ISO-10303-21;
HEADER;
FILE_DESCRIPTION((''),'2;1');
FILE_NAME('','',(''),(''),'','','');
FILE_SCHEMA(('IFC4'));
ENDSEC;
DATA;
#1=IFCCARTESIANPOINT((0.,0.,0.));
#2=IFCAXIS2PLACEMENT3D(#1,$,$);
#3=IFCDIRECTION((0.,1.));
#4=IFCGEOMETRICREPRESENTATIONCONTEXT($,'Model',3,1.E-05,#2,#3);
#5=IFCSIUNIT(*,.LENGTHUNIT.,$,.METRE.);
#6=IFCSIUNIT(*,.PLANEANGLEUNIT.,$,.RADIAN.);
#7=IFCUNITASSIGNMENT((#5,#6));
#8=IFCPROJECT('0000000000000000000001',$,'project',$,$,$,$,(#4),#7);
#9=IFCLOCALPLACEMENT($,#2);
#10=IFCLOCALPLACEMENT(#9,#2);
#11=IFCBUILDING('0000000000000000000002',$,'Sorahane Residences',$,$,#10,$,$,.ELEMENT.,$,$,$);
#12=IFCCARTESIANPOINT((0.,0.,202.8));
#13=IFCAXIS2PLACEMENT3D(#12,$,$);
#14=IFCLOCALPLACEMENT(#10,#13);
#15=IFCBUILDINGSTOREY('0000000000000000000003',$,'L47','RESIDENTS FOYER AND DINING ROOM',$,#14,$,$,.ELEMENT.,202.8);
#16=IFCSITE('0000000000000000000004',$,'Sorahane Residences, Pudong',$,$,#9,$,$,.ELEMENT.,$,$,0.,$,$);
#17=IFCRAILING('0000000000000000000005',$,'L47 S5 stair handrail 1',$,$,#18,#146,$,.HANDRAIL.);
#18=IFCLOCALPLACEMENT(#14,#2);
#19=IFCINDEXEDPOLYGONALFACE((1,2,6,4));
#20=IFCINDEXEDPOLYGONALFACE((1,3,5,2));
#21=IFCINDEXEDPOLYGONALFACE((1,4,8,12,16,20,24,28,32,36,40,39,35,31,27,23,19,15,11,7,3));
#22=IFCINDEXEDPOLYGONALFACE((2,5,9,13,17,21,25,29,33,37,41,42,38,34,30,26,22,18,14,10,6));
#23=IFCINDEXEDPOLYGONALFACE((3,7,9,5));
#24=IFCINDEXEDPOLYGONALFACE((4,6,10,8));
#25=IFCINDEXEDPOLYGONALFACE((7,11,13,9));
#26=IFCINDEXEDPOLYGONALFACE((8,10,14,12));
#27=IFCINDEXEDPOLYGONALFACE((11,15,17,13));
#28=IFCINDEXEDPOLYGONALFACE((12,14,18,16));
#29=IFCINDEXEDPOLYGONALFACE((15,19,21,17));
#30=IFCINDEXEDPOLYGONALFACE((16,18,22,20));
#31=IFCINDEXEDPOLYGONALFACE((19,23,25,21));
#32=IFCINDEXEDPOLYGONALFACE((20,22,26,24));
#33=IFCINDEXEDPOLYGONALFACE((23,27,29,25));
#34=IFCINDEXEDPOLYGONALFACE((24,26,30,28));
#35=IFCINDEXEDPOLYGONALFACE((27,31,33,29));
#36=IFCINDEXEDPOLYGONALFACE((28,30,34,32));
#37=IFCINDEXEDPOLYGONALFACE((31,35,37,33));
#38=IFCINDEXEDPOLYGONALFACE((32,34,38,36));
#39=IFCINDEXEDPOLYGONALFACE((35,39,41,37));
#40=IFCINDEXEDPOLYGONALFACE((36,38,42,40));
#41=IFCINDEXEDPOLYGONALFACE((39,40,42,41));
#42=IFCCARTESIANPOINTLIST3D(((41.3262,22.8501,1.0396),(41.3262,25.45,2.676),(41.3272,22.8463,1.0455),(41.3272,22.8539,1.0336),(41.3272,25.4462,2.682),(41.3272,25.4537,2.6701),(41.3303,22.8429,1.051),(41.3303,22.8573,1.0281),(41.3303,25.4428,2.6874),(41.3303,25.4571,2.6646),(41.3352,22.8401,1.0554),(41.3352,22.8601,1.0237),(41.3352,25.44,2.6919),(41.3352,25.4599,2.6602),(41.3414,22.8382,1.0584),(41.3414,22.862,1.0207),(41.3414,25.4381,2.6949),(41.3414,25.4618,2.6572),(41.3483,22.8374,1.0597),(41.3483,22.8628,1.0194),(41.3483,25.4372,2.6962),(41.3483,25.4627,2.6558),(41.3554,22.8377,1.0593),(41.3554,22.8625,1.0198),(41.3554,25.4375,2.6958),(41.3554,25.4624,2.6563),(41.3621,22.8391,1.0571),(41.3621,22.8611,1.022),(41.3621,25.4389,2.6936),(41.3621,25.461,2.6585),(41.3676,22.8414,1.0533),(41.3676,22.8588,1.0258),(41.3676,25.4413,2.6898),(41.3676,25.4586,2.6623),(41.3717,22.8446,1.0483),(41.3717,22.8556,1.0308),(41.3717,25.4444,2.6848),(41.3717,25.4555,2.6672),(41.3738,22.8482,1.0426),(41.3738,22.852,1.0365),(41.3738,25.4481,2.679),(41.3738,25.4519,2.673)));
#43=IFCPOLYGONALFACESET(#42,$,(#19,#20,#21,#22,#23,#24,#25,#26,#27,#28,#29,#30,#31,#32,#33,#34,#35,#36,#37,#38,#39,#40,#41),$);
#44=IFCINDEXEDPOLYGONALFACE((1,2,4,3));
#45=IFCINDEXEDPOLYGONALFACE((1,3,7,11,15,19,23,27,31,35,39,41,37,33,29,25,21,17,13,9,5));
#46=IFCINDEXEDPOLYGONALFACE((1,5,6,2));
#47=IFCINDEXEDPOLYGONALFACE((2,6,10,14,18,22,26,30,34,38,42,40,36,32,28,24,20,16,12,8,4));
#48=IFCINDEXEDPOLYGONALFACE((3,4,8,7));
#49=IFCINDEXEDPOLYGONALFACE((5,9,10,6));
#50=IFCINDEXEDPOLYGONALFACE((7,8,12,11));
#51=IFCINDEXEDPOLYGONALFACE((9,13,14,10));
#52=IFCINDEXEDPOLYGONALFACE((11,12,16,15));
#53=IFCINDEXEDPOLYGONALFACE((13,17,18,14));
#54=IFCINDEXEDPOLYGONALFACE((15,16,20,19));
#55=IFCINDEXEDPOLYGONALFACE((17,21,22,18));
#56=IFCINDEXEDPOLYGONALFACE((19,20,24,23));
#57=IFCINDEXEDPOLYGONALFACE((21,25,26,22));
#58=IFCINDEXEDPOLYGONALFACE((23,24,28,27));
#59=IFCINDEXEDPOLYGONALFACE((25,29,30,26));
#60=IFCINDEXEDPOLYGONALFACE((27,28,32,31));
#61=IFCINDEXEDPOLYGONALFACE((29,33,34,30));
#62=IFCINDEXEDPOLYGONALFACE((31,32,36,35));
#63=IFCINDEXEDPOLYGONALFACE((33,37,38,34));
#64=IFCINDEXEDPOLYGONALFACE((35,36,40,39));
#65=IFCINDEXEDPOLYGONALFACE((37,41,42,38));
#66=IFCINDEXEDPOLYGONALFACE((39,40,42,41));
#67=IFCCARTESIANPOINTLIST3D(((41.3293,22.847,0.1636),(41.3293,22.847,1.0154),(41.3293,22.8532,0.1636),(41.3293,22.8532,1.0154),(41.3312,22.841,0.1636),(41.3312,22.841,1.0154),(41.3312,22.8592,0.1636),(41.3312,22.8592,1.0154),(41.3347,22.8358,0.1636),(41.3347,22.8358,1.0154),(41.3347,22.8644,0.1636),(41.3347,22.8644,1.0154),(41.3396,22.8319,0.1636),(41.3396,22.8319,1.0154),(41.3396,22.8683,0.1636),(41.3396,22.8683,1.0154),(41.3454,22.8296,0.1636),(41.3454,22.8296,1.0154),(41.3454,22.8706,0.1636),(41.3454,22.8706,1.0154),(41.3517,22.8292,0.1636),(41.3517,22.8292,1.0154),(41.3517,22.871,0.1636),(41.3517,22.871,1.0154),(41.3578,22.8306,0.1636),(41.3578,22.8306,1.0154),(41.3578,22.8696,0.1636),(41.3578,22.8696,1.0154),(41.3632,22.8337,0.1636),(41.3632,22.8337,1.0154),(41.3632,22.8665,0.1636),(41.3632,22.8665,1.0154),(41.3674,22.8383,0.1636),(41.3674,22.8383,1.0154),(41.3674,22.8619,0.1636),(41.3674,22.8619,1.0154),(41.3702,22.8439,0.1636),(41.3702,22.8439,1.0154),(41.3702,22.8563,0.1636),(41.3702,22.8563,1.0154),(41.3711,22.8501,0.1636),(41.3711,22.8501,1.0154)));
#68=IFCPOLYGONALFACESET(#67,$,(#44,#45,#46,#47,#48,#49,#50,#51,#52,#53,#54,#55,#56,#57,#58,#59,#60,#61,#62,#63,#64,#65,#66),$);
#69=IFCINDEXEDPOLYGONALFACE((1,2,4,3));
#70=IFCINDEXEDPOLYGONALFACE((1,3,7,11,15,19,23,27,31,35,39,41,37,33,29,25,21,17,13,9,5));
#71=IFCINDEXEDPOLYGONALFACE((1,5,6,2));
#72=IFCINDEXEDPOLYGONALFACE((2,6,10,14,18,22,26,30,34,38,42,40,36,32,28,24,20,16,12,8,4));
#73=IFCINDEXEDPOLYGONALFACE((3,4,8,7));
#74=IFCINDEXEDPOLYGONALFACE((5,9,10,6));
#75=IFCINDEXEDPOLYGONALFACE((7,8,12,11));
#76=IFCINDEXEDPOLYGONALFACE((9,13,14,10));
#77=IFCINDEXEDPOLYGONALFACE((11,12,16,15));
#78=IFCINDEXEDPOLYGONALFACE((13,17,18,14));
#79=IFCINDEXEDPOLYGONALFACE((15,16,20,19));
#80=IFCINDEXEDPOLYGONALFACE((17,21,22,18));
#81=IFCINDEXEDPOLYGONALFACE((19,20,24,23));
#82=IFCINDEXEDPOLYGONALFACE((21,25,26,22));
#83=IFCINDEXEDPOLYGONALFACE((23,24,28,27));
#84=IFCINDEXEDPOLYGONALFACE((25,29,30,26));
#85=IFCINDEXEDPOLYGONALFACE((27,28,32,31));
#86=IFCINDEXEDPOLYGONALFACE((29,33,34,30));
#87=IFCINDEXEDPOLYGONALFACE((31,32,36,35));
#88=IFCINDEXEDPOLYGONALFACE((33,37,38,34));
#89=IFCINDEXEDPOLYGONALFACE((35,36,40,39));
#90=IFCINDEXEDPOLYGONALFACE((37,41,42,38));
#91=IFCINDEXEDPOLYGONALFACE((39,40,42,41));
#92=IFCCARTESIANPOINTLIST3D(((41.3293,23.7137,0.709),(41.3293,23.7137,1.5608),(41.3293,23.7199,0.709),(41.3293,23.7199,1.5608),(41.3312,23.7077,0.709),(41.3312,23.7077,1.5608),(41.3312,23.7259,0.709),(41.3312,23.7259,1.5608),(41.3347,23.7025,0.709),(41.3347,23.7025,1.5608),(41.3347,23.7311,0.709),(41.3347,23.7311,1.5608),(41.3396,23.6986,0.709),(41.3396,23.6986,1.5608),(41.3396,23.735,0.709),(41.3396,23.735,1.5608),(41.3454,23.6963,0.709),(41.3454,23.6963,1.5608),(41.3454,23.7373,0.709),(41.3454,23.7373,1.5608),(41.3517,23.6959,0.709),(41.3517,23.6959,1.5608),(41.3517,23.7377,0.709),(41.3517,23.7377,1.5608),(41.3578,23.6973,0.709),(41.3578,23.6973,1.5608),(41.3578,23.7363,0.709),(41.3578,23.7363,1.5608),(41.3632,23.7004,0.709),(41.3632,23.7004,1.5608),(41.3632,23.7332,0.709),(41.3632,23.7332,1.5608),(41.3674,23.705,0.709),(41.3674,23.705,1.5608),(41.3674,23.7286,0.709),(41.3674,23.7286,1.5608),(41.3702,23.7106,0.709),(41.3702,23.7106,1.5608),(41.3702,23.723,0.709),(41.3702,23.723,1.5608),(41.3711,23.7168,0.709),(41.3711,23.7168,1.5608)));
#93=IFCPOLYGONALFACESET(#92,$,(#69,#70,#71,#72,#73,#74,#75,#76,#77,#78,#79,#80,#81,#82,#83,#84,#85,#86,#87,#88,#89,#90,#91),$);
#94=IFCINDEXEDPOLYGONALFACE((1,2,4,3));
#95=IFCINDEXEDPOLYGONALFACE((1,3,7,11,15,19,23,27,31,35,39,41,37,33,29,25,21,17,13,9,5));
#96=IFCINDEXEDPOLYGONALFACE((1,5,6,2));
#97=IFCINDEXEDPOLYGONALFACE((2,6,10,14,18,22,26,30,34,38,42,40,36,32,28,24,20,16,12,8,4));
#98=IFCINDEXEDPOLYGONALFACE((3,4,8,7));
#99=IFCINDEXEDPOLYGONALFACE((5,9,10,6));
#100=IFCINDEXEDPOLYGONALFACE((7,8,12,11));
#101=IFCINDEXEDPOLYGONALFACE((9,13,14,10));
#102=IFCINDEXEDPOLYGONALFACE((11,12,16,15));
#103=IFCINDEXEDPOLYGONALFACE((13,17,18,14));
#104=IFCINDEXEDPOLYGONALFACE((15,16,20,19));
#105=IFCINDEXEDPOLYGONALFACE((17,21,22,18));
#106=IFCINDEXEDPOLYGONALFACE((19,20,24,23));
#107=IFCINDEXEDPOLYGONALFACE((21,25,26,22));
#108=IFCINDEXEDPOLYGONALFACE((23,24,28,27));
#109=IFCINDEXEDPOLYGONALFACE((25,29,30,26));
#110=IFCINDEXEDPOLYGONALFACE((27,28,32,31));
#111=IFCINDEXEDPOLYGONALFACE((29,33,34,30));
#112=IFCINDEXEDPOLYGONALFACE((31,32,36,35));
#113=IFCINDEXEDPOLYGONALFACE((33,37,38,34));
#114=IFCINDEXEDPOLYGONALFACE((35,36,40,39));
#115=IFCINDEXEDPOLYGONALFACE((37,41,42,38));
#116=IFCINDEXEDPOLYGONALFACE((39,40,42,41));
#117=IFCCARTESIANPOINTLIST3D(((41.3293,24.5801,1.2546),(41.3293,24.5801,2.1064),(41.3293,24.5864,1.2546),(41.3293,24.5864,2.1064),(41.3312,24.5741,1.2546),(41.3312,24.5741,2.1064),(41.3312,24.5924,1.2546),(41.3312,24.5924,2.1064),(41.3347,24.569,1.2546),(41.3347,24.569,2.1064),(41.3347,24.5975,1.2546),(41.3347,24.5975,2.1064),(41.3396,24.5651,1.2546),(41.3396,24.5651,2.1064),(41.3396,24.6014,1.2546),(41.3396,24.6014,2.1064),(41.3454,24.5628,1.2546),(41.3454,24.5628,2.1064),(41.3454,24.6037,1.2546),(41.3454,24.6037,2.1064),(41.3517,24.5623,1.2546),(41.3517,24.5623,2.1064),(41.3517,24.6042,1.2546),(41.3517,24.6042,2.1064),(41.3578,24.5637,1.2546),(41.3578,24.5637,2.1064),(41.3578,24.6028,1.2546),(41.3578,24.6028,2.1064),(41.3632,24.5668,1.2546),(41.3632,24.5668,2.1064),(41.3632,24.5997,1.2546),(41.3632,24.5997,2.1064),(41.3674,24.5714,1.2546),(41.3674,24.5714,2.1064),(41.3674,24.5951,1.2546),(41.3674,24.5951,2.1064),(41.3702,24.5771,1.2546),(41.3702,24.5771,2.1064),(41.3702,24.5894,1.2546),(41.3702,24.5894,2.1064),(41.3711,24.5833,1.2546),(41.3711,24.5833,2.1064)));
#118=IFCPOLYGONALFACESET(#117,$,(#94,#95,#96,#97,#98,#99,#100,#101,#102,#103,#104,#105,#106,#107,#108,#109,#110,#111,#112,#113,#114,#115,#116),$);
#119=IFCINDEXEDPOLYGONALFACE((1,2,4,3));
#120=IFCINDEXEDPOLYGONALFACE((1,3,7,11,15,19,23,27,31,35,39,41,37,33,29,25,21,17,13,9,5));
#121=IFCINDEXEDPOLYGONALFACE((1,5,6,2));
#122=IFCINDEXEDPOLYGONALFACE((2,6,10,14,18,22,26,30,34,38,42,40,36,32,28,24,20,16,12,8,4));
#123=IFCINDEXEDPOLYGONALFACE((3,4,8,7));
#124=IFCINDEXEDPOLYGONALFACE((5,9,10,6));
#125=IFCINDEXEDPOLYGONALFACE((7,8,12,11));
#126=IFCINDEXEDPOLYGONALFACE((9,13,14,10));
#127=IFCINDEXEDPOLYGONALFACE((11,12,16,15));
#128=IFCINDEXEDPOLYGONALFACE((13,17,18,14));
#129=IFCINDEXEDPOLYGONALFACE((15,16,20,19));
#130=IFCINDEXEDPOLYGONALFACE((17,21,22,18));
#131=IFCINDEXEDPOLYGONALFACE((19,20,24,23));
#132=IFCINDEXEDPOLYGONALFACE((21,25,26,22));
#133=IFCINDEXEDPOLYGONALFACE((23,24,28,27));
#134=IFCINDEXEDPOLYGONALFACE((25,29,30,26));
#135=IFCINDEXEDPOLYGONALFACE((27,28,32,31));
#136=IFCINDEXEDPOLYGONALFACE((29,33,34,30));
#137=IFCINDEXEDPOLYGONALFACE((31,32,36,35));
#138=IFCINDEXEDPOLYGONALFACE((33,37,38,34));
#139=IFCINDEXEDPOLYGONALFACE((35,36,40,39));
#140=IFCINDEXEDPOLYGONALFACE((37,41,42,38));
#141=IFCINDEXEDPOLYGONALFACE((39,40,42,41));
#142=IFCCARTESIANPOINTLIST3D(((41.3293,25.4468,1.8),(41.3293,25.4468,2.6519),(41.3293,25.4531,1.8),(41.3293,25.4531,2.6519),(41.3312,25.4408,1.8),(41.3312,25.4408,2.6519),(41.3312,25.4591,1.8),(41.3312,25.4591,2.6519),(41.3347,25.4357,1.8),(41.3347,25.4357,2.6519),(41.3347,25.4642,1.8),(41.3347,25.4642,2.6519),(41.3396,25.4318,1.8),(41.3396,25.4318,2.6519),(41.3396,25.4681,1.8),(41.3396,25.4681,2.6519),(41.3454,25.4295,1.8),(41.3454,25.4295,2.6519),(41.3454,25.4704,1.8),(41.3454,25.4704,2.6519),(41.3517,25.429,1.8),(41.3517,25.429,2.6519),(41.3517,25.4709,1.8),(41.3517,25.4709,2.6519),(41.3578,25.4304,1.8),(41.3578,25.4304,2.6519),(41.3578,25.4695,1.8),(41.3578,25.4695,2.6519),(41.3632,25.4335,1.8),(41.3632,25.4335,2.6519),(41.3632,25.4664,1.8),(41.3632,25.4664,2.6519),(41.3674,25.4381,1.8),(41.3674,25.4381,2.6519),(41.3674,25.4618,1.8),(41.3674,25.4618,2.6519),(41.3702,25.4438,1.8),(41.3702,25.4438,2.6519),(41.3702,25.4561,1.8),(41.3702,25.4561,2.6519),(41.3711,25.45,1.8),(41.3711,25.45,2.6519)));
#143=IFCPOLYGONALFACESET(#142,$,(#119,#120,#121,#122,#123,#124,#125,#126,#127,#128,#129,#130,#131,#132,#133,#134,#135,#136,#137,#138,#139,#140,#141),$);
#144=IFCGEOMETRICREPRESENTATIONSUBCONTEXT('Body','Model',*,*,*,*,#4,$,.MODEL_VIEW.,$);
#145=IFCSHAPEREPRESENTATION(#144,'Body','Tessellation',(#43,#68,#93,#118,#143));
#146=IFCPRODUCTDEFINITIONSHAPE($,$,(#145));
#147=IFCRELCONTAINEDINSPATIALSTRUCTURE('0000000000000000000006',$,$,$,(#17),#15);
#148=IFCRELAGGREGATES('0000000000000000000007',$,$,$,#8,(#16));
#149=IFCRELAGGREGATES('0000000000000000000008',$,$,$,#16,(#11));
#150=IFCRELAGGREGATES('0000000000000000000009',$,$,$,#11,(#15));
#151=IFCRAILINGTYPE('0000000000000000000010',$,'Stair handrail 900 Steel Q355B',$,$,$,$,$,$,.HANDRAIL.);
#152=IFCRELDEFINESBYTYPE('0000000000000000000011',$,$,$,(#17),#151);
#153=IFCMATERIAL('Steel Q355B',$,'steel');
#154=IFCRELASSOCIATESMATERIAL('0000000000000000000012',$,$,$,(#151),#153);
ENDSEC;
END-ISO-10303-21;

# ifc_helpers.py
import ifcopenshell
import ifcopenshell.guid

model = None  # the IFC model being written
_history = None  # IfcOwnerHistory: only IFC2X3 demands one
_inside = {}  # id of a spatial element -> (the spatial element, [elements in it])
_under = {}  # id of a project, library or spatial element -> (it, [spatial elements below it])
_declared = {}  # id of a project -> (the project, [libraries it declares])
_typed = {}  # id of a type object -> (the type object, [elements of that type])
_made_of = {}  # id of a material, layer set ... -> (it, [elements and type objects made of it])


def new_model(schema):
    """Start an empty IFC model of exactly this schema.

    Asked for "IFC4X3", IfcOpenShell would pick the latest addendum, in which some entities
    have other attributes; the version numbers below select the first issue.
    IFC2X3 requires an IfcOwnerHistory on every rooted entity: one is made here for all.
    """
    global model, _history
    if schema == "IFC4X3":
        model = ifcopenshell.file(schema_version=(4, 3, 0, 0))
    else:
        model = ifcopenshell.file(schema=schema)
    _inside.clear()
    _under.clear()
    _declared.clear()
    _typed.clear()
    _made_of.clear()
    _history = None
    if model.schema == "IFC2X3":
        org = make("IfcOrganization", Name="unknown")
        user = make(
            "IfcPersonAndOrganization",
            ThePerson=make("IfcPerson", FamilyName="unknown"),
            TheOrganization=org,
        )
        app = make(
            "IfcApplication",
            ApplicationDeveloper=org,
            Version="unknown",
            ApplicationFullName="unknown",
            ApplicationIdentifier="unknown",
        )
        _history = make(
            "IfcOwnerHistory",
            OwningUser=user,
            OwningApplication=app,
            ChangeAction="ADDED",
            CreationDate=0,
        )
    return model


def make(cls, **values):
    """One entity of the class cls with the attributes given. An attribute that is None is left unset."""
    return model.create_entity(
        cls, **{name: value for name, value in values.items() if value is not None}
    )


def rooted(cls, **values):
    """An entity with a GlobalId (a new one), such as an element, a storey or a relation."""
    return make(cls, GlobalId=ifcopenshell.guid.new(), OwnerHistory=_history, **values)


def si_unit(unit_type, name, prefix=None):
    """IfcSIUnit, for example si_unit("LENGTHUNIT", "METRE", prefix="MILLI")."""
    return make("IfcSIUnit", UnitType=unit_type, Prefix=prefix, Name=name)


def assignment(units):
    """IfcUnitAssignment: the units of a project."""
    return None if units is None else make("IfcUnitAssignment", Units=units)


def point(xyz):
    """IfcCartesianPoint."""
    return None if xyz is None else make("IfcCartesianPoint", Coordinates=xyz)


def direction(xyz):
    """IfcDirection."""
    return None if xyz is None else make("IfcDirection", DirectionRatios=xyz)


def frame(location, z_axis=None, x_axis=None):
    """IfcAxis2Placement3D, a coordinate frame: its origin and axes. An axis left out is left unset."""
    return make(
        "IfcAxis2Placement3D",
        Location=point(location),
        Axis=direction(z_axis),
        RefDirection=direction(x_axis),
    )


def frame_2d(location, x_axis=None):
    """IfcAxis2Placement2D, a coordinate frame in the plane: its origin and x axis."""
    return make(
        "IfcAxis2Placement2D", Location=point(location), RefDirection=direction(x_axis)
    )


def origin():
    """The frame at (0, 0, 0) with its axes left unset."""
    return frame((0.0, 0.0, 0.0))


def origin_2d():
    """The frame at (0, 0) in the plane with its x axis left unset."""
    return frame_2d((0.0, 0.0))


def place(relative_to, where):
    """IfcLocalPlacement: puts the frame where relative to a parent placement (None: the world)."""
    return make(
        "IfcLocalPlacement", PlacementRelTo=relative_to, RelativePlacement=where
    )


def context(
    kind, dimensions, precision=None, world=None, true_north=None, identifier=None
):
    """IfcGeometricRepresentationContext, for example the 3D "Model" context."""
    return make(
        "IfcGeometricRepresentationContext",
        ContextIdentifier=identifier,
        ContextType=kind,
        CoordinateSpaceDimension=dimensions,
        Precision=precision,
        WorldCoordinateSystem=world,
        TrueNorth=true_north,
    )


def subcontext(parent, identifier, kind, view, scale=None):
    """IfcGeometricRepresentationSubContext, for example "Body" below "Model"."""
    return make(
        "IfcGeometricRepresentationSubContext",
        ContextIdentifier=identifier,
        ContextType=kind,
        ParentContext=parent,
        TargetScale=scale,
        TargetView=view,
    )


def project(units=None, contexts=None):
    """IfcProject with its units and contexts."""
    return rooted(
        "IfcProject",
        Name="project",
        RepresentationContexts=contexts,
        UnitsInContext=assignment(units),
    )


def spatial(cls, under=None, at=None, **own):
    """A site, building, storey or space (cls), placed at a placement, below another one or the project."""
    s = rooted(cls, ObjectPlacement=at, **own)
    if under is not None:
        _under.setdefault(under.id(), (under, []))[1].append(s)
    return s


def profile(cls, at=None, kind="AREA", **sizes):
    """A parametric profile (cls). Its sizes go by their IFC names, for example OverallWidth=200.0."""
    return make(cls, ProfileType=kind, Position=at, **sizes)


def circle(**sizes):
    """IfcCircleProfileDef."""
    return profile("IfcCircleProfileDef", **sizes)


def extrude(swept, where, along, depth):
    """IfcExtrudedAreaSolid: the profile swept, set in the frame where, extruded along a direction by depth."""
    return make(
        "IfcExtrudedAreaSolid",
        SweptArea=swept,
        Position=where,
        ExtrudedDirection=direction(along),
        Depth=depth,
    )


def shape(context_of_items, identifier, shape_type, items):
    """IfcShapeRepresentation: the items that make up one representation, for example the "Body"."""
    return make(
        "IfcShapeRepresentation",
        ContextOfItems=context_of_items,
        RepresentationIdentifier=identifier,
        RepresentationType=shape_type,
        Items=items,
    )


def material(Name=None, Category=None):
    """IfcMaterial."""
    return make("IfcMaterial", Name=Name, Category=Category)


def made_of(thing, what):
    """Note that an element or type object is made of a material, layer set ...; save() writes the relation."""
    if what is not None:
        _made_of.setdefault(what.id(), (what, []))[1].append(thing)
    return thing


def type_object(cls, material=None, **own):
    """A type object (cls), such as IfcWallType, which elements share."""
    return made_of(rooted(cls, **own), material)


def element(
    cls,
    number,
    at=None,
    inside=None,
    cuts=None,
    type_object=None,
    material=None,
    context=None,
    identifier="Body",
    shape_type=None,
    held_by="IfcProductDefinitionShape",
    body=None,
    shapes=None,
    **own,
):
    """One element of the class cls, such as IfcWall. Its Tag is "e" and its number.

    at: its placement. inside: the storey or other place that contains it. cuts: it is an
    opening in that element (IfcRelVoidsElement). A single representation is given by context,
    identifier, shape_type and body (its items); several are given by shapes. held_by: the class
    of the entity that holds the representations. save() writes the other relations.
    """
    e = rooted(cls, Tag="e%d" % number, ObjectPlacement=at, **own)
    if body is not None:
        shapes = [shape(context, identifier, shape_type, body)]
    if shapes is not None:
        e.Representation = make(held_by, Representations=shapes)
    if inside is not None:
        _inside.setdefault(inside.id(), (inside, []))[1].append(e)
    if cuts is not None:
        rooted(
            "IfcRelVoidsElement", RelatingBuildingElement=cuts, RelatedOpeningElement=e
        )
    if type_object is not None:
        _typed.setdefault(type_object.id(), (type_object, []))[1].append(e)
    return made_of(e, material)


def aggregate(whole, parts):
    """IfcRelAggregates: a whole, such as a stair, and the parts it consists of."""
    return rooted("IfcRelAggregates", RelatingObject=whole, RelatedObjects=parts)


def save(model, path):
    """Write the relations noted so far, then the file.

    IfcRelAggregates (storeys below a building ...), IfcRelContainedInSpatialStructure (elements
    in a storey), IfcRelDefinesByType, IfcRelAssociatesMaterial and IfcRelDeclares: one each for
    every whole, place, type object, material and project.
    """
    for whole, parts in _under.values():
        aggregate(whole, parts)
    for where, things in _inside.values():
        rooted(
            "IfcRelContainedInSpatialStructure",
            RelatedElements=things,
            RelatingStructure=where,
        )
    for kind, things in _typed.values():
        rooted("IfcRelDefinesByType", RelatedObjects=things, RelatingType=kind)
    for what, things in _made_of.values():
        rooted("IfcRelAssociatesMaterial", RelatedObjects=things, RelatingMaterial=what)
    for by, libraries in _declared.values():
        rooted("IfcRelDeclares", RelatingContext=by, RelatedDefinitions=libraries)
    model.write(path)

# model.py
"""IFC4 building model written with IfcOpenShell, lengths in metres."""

from ifc_helpers import new_model, si_unit, direction, frame, origin, origin_2d, place, context, subcontext, project, spatial, circle, extrude, material, type_object, element, save


model = new_model("IFC4")

# Units and contexts
model_context = context("Model", 3, precision=1e-05, world=origin(), true_north=direction((0.0, 1.0)))
body_context = subcontext(model_context, "Body", "Model", "MODEL_VIEW")
ifc_project = project(units=[si_unit("LENGTHUNIT", "METRE"), si_unit("PLANEANGLEUNIT", "RADIAN")], contexts=[model_context])

# Site, building, storey
site_placement = place(None, origin())
site = spatial("IfcSite", under=ifc_project, at=site_placement, Name="Sorahane Residences, Pudong", CompositionType="ELEMENT", RefElevation=0.0)
building_placement = place(site_placement, origin())
building = spatial("IfcBuilding", under=site, at=building_placement, Name="Sorahane Residences", CompositionType="ELEMENT")
storey_placement = place(building_placement, frame((0.0, 0.0, 202.8)))
storey = spatial("IfcBuildingStorey", under=building, at=storey_placement, Name="L47", Description="RESIDENTS FOYER AND DINING ROOM", CompositionType="ELEMENT", Elevation=202.8)

# Railing
ifc_material_1 = material(Name="Steel Q355B", Category="steel")
railing_type_1 = type_object("IfcRailingType", Name="Stair handrail 900 Steel Q355B", PredefinedType="HANDRAIL", material=ifc_material_1)
railing_1_placement = place(storey_placement, frame((41.3501, 22.8501, 0.1636)))
element("IfcRailing", 1, at=railing_1_placement, inside=storey, type_object=railing_type_1, Name="L47 S5 stair handrail 1", PredefinedType="HANDRAIL", context=body_context, shape_type="SweptSolid", body=[
    extrude(circle(Radius=0.0239, at=origin_2d()), frame((0.0, 0.0, 0.876), z_axis=(0.0, 0.846302, 0.532704), x_axis=(-1.0, 0.0, 0.0)), (0.0, 0.0, 1.0), 3.072),
    extrude(circle(Radius=0.021, at=origin_2d()), origin(), (0.0, 0.0, 1.0), 0.8518),
    extrude(circle(Radius=0.021, at=origin_2d()), frame((0.0, 0.8667, 0.5454)), (0.0, 0.0, 1.0), 0.8518),
    extrude(circle(Radius=0.021, at=origin_2d()), frame((0.0, 1.7332, 1.0911)), (0.0, 0.0, 1.0), 0.8518),
    extrude(circle(Radius=0.021, at=origin_2d()), frame((0.0, 2.5999, 1.6365)), (0.0, 0.0, 1.0), 0.8518),
])

save(model, "model.ifc")
